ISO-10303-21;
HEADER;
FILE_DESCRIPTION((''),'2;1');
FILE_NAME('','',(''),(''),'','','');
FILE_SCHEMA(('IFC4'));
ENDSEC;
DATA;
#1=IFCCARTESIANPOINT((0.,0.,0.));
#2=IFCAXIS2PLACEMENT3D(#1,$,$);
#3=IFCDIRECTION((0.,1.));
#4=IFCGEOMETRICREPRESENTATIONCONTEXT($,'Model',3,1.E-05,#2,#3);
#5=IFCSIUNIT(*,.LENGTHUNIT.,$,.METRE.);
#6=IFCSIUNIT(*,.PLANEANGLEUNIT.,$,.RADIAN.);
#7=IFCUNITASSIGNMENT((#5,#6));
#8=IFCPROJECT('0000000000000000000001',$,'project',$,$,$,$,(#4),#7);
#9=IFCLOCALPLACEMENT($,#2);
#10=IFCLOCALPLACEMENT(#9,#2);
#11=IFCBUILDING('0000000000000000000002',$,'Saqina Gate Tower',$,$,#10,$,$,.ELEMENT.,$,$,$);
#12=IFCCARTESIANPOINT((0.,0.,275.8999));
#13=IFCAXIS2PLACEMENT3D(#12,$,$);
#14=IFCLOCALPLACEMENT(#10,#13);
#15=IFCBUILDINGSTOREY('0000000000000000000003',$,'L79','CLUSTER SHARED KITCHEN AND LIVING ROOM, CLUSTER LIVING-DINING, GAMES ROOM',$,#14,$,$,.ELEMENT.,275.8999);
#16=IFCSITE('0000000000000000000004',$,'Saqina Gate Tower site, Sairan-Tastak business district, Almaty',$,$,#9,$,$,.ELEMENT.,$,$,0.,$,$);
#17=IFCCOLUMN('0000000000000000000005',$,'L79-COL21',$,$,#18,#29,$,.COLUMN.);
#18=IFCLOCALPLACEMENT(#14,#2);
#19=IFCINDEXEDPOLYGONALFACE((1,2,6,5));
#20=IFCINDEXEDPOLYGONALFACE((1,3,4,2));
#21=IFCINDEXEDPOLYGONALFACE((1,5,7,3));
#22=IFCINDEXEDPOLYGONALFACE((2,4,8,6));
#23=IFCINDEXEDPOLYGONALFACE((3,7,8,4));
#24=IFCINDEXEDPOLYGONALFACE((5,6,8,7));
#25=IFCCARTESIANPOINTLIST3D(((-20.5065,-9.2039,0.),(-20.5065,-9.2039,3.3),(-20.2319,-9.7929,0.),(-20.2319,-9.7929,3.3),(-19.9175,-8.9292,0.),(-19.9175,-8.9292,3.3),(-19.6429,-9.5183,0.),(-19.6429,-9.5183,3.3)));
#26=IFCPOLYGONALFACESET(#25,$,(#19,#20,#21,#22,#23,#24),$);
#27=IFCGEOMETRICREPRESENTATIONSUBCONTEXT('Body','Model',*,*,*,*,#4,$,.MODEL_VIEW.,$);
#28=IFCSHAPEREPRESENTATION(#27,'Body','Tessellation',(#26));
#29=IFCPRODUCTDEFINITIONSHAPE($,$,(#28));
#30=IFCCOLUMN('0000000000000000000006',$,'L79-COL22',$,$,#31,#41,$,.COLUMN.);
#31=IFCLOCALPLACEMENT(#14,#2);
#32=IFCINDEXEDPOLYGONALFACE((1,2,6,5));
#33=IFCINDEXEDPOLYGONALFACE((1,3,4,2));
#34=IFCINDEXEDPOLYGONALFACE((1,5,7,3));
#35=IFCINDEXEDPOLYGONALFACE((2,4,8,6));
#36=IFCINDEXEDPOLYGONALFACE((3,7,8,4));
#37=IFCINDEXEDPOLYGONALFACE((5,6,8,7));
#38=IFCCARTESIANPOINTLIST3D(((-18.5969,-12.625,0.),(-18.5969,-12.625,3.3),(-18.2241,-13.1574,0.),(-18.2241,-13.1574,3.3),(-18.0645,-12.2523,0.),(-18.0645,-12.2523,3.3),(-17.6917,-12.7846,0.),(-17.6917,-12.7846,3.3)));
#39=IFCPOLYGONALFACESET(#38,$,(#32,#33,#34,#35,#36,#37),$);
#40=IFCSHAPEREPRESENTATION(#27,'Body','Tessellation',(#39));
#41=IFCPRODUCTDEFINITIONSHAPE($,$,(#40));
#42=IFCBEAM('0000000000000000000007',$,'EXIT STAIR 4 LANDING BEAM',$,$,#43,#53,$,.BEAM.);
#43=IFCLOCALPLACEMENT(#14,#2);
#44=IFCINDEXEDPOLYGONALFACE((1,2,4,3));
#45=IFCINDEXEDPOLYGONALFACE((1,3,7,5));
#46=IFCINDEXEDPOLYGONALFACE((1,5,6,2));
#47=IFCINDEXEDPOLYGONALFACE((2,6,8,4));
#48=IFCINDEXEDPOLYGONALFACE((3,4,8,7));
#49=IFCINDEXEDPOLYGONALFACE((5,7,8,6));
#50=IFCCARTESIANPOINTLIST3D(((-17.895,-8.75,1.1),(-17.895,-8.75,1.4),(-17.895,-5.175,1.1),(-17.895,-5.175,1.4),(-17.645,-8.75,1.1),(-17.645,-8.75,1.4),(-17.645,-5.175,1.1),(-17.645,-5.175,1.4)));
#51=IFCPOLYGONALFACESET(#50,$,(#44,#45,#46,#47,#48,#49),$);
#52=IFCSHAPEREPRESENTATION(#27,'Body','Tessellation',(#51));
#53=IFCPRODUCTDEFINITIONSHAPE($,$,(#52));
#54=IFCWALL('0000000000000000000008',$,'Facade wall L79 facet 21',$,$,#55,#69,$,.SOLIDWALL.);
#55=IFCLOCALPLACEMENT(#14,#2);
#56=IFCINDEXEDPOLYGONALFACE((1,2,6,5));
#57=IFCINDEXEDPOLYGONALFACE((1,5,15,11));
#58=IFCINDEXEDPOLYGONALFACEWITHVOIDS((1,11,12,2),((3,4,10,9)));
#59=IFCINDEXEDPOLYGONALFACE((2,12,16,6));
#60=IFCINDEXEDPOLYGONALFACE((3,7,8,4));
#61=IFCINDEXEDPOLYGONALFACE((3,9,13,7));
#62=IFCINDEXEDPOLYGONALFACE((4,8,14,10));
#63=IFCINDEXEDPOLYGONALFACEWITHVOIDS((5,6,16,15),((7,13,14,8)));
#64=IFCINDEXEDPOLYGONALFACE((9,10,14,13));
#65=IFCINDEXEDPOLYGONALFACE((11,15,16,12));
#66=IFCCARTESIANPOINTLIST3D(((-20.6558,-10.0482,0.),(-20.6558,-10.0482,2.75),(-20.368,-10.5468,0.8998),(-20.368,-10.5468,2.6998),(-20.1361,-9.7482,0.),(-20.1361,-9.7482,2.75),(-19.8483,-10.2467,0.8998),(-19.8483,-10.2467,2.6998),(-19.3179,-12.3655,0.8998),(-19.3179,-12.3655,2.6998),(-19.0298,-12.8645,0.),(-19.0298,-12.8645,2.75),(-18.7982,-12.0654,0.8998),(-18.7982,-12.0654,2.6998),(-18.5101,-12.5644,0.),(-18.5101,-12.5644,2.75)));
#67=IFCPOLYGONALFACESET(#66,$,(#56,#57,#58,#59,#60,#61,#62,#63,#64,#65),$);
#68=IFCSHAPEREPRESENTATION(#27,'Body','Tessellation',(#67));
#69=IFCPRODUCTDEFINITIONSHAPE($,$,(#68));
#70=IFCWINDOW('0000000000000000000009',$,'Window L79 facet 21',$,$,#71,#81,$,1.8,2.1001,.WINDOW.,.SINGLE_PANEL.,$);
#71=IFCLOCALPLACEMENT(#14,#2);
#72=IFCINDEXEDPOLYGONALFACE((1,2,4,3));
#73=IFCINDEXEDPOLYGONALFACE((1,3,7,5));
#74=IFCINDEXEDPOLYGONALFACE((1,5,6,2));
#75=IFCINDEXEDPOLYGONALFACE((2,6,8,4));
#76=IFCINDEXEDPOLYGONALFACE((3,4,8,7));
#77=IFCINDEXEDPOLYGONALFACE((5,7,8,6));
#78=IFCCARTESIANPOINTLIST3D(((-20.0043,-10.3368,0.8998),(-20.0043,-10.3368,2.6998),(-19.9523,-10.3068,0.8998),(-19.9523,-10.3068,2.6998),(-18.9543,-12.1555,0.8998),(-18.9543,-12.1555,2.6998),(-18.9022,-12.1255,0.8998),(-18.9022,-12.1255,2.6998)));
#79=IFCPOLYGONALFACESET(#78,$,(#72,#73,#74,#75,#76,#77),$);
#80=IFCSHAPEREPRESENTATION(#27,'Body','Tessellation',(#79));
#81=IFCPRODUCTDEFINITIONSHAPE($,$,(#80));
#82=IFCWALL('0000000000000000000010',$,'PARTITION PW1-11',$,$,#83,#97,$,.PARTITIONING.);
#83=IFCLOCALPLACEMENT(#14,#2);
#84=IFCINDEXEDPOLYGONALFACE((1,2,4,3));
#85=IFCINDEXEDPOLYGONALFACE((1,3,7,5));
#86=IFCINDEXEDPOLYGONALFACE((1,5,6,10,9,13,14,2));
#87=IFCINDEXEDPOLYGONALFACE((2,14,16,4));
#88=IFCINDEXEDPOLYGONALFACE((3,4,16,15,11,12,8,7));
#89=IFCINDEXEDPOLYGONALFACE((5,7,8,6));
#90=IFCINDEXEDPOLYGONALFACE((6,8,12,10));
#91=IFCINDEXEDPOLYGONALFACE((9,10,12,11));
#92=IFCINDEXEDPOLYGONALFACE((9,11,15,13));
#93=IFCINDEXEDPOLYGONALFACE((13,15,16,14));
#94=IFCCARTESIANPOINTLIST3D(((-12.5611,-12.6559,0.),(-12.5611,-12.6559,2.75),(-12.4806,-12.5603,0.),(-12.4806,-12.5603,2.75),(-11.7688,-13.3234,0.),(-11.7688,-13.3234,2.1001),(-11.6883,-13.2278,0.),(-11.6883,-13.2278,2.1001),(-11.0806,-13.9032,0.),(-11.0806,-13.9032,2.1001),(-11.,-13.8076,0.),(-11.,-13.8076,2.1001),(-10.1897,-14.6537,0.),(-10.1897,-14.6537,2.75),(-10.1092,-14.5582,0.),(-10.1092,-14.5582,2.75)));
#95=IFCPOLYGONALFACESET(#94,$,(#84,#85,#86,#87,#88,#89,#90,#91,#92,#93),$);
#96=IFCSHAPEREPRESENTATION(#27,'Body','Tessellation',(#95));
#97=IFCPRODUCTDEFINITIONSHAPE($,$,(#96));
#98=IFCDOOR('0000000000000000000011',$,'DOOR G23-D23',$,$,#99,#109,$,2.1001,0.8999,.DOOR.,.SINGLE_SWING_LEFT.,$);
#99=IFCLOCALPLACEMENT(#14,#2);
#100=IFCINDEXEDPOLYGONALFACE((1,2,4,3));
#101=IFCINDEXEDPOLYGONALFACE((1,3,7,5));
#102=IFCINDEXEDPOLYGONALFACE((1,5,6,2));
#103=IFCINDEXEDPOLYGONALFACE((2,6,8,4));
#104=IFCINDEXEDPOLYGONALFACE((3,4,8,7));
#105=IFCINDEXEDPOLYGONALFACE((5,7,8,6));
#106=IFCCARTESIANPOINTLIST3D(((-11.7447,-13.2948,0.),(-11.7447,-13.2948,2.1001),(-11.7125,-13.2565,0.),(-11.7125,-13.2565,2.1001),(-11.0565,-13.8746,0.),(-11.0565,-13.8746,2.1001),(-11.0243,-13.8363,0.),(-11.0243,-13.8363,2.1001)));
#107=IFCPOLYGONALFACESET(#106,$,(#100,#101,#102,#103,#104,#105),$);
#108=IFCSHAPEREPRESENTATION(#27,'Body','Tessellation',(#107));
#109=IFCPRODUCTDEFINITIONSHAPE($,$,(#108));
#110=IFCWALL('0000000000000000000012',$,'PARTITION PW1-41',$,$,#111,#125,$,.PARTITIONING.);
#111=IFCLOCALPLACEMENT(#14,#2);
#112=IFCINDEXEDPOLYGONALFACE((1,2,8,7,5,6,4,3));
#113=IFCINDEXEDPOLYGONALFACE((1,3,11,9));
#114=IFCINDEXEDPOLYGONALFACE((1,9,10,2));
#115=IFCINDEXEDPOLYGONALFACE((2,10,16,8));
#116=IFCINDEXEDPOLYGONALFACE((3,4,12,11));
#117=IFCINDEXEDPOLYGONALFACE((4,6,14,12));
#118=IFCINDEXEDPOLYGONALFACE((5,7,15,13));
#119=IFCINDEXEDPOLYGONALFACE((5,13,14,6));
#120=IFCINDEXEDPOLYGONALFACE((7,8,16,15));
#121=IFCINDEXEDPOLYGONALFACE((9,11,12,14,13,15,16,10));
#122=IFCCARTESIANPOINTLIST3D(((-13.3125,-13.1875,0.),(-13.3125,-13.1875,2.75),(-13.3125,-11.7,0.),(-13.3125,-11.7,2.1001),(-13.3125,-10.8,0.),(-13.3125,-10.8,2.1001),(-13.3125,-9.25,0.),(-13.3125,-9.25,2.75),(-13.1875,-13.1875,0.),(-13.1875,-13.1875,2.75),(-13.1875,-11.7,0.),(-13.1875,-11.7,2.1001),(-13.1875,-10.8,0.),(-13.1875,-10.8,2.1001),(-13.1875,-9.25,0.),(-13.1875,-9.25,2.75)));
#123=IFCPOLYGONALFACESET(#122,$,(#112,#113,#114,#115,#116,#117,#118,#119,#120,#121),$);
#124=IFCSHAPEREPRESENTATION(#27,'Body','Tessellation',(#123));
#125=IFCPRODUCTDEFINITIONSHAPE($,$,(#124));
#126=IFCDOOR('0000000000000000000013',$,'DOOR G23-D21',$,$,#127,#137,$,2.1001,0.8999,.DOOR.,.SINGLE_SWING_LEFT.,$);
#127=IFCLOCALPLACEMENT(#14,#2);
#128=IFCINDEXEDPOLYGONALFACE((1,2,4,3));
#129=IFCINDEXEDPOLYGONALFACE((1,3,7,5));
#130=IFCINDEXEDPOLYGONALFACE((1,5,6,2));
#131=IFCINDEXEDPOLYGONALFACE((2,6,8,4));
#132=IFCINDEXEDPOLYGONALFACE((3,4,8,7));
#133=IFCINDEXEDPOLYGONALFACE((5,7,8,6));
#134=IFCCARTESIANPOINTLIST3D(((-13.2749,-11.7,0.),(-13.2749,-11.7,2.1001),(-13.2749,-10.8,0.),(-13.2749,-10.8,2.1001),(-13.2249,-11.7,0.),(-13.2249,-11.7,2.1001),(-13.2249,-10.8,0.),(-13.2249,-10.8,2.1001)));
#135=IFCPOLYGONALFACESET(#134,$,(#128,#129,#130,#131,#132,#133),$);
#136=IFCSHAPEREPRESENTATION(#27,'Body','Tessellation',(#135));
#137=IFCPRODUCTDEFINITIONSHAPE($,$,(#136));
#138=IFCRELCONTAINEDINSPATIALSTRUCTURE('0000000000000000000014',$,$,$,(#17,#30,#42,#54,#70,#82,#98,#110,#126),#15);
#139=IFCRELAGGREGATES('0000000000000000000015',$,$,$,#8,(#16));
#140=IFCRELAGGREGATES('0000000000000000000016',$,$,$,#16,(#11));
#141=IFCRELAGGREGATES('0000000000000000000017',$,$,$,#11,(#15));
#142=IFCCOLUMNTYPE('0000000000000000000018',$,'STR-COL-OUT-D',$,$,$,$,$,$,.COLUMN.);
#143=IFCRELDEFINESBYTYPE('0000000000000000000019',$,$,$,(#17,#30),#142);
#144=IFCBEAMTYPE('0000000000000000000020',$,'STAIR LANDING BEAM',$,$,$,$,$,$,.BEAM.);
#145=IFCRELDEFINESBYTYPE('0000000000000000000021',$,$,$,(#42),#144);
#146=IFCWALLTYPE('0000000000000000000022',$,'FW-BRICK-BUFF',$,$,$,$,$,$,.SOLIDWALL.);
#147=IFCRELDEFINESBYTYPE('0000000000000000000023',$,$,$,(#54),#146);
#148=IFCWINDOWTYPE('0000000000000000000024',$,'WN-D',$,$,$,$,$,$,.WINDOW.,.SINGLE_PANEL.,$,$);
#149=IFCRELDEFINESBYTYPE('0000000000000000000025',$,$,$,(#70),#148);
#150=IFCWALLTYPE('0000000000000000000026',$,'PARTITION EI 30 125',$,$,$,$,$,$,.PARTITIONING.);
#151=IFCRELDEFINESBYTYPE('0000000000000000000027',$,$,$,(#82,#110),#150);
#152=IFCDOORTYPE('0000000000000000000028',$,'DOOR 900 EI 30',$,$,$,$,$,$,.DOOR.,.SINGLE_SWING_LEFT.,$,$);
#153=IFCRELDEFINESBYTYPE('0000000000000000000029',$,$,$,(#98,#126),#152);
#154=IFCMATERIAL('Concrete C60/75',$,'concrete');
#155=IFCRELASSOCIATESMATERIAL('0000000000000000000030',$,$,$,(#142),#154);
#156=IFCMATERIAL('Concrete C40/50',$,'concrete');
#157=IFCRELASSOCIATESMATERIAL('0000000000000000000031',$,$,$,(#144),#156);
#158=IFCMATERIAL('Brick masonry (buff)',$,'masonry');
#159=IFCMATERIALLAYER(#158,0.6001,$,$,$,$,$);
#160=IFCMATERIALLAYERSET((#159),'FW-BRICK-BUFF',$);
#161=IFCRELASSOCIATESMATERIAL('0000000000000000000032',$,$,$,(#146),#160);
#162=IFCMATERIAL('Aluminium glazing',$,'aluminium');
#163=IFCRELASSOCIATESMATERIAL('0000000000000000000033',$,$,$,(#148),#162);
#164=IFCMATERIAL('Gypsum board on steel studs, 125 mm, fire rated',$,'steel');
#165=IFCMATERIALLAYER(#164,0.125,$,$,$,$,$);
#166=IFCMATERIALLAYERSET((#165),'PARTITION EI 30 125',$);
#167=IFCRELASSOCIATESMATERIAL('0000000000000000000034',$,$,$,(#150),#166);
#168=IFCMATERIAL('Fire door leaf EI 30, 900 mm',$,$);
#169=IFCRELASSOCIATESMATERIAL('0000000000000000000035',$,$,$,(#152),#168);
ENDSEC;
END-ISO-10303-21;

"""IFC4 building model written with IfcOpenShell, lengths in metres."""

from ifc_helpers import new_model, si_unit, direction, frame, frame_2d, origin, origin_2d, place, context, subcontext, project, spatial, rectangle, extrude, material, layer, layer_set, material_profile, profile_set, type_object, element, fill, save


model = new_model("IFC4")

# Units and contexts
model_context = context("Model", 3, precision=1e-05, world=origin(), true_north=direction((0.0, 1.0)))
body_context = subcontext(model_context, "Body", "Model", "MODEL_VIEW")
ifc_project = project(units=[si_unit("LENGTHUNIT", "METRE"), si_unit("PLANEANGLEUNIT", "RADIAN")], contexts=[model_context])

# Site, building, storey
site_placement = place(None, origin())
site = spatial("IfcSite", under=ifc_project, at=site_placement, Name="Saqina Gate Tower site, Sairan-Tastak business district, Almaty", CompositionType="ELEMENT", RefElevation=0.0)
building_placement = place(site_placement, origin())
building = spatial("IfcBuilding", under=site, at=building_placement, Name="Saqina Gate Tower", CompositionType="ELEMENT")
storey_placement = place(building_placement, frame((0.0, 0.0, 275.8999)))
storey = spatial("IfcBuildingStorey", under=building, at=storey_placement, Name="L79", Description="CLUSTER SHARED KITCHEN AND LIVING ROOM, CLUSTER LIVING-DINING, GAMES ROOM", CompositionType="ELEMENT", Elevation=275.8999)

# Columns
ifc_material_1 = material(Name="Concrete C60/75", Category="concrete")
ifc_material_profile_1 = material_profile(ifc_material_1, rectangle(XDim=0.6499, YDim=0.6499, at=origin_2d()), Name="RC 650x650")
ifc_profile_set_1 = profile_set([ifc_material_profile_1], Name="Concrete C60/75")
column_type = type_object("IfcColumnType", Name="STR-COL-OUT-D", PredefinedType="COLUMN", material=ifc_profile_set_1)
for number, where, z_axis, x_axis, name in (
    (1, (-20.0747, -9.3611, 0.0), (0.0, 0.0, 1.0), (-0.906308, -0.422618, 0.0), "L79-COL21"),
    (2, (-18.1443, -12.7048, 0.0), (0.0, 0.0, 1.0), (-0.819152, -0.573576, 0.0), "L79-COL22"),
):
    element("IfcColumn", number, at=place(storey_placement, frame(where, z_axis=z_axis, x_axis=x_axis)), inside=storey, type_object=column_type, Name=name, PredefinedType="COLUMN", context=body_context, shape_type="SweptSolid", body=[
        extrude(rectangle(XDim=0.6499, YDim=0.6499, at=origin_2d()), origin(), (0.0, 0.0, 1.0), 3.3),
    ])

# Beam
ifc_material_2 = material(Name="Concrete C40/50", Category="concrete")
ifc_material_profile_2 = material_profile(ifc_material_2, rectangle(XDim=0.25, YDim=0.3, at=origin_2d()), Name="STAIR LANDING BEAM")
ifc_profile_set_2 = profile_set([ifc_material_profile_2], Name="Concrete C40/50")
beam_type = type_object("IfcBeamType", Name="STAIR LANDING BEAM", PredefinedType="BEAM", material=ifc_profile_set_2)
beam_placement = place(storey_placement, frame((-17.77, -8.75, 1.25), z_axis=(0.0, 1.0, 0.0), x_axis=(-1.0, 0.0, 0.0)))
element("IfcBeam", 3, at=beam_placement, inside=storey, type_object=beam_type, Name="EXIT STAIR 4 LANDING BEAM", PredefinedType="BEAM", context=body_context, shape_type="SweptSolid", body=[
    extrude(rectangle(XDim=0.25, YDim=0.3, at=origin_2d()), origin(), (0.0, 0.0, 1.0), 3.575),
])

# Wall, opening, window
ifc_material_3 = material(Name="Brick masonry (buff)", Category="masonry")
ifc_layer_1 = layer(ifc_material_3, 0.6001)
ifc_layer_set_1 = layer_set([ifc_layer_1], Name="FW-BRICK-BUFF")
wall_type_1 = type_object("IfcWallType", Name="FW-BRICK-BUFF", PredefinedType="SOLIDWALL", material=ifc_layer_set_1)
wall_1_placement = place(storey_placement, frame((-20.396, -9.8982, 0.0), z_axis=(0.0, 0.0, 1.0), x_axis=(0.500015, -0.866017, 0.0)))
wall_1 = element("IfcWall", 4, at=wall_1_placement, inside=storey, type_object=wall_type_1, Name="Facade wall L79 facet 21", PredefinedType="SOLIDWALL", context=body_context, shape_type="SweptSolid", body=[
    extrude(rectangle(XDim=3.252, YDim=0.6001, at=frame_2d((1.626, 0.0))), origin(), (0.0, 0.0, 1.0), 2.75),
])
opening_1_placement = place(wall_1_placement, frame((0.5757, 0.0, 0.8999)))
opening_1 = element("IfcOpeningElement", 5, at=opening_1_placement, cuts=wall_1, PredefinedType="OPENING", context=body_context, shape_type="SweptSolid", body=[
    extrude(rectangle(XDim=2.1001, YDim=1.8, at=frame_2d((1.05, 0.8999))), frame((0.0, 0.312, 0.0), z_axis=(0.0, -1.0, 0.0), x_axis=(1.0, 0.0, 0.0)), (0.0, 0.0, 1.0), 0.624),
])
ifc_material_4 = material(Name="Aluminium glazing", Category="aluminium")
window_type = type_object("IfcWindowType", Name="WN-D", PartitioningType="SINGLE_PANEL", PredefinedType="WINDOW", material=ifc_material_4)
window_placement = place(opening_1_placement, origin())
window = element("IfcWindow", 6, at=window_placement, inside=storey, type_object=window_type, Name="Window L79 facet 21", OverallHeight=1.8, OverallWidth=2.1001, PartitioningType="SINGLE_PANEL", PredefinedType="WINDOW", context=body_context, shape_type="SweptSolid", body=[
    extrude(rectangle(XDim=2.1001, YDim=1.8, at=frame_2d((1.05, 0.8999))), frame((0.0, 0.1799, 0.0), z_axis=(0.0, -1.0, 0.0), x_axis=(1.0, 0.0, 0.0)), (0.0, 0.0, 1.0), 0.0601),
])
fill(opening_1, window)

# Walls, openings, doors
ifc_material_5 = material(Name="Gypsum board on steel studs, 125 mm, fire rated", Category="steel")
ifc_layer_2 = layer(ifc_material_5, 0.125)
ifc_layer_set_2 = layer_set([ifc_layer_2], Name="PARTITION EI 30 125")
wall_type_2 = type_object("IfcWallType", Name="PARTITION EI 30 125", PredefinedType="PARTITIONING", material=ifc_layer_set_2)
wall_2_placement = place(storey_placement, frame((-12.5208, -12.6082, 0.0), z_axis=(0.0, 0.0, 1.0), x_axis=(0.76477, -0.644303, 0.0)))
wall_2 = element("IfcWall", 7, at=wall_2_placement, inside=storey, type_object=wall_type_2, Name="PARTITION PW1-11", PredefinedType="PARTITIONING", context=body_context, shape_type="SweptSolid", body=[
    extrude(rectangle(XDim=3.1008, YDim=0.125, at=frame_2d((1.5503, 0.0))), origin(), (0.0, 0.0, 1.0), 2.75),
])
opening_2_placement = place(wall_2_placement, frame((1.0359, 0.0, 0.0)))
opening_2 = element("IfcOpeningElement", 8, at=opening_2_placement, cuts=wall_2, PredefinedType="OPENING", context=body_context, shape_type="SweptSolid", body=[
    extrude(rectangle(XDim=0.8999, YDim=2.1001, at=frame_2d((0.45, 1.05))), frame((0.0, 0.0745, 0.0), z_axis=(0.0, -1.0, 0.0), x_axis=(1.0, 0.0, 0.0)), (0.0, 0.0, 1.0), 0.1489),
])
ifc_material_6 = material(Name="Fire door leaf EI 30, 900 mm")
door_type_1 = type_object("IfcDoorType", Name="DOOR 900 EI 30", OperationType="SINGLE_SWING_LEFT", PredefinedType="DOOR", material=ifc_material_6)
door_1_placement = place(opening_2_placement, origin())
door_1 = element("IfcDoor", 9, at=door_1_placement, inside=storey, type_object=door_type_1, Name="DOOR G23-D23", OperationType="SINGLE_SWING_LEFT", OverallHeight=2.1001, OverallWidth=0.8999, PredefinedType="DOOR", context=body_context, shape_type="SweptSolid", body=[
    extrude(rectangle(XDim=0.8999, YDim=2.1001, at=frame_2d((0.45, 1.05))), frame((0.0, 0.0249, 0.0), z_axis=(0.0, -1.0, 0.0), x_axis=(1.0, 0.0, 0.0)), (0.0, 0.0, 1.0), 0.05),
])
fill(opening_2, door_1)
wall_3_placement = place(storey_placement, frame((-13.25, -13.1875, 0.0), z_axis=(0.0, 0.0, 1.0), x_axis=(0.0, 1.0, 0.0)))
wall_3 = element("IfcWall", 10, at=wall_3_placement, inside=storey, type_object=wall_type_2, Name="PARTITION PW1-41", PredefinedType="PARTITIONING", context=body_context, shape_type="SweptSolid", body=[
    extrude(rectangle(XDim=3.9375, YDim=0.125, at=frame_2d((1.9688, 0.0))), origin(), (0.0, 0.0, 1.0), 2.75),
])
opening_3_placement = place(wall_3_placement, frame((1.4875, 0.0, 0.0)))
opening_3 = element("IfcOpeningElement", 11, at=opening_3_placement, cuts=wall_3, PredefinedType="OPENING", context=body_context, shape_type="SweptSolid", body=[
    extrude(rectangle(XDim=0.8999, YDim=2.1001, at=frame_2d((0.45, 1.05))), frame((0.0, 0.0745, 0.0), z_axis=(0.0, -1.0, 0.0), x_axis=(1.0, 0.0, 0.0)), (0.0, 0.0, 1.0), 0.1489),
])
door_2_placement = place(opening_3_placement, origin())
door_2 = element("IfcDoor", 12, at=door_2_placement, inside=storey, type_object=door_type_1, Name="DOOR G23-D21", OperationType="SINGLE_SWING_LEFT", OverallHeight=2.1001, OverallWidth=0.8999, PredefinedType="DOOR", context=body_context, shape_type="SweptSolid", body=[
    extrude(rectangle(XDim=0.8999, YDim=2.1001, at=frame_2d((0.45, 1.05))), frame((0.0, 0.0249, 0.0), z_axis=(0.0, -1.0, 0.0), x_axis=(1.0, 0.0, 0.0)), (0.0, 0.0, 1.0), 0.05),
])
fill(opening_3, door_2)

save(model, "model.ifc")
